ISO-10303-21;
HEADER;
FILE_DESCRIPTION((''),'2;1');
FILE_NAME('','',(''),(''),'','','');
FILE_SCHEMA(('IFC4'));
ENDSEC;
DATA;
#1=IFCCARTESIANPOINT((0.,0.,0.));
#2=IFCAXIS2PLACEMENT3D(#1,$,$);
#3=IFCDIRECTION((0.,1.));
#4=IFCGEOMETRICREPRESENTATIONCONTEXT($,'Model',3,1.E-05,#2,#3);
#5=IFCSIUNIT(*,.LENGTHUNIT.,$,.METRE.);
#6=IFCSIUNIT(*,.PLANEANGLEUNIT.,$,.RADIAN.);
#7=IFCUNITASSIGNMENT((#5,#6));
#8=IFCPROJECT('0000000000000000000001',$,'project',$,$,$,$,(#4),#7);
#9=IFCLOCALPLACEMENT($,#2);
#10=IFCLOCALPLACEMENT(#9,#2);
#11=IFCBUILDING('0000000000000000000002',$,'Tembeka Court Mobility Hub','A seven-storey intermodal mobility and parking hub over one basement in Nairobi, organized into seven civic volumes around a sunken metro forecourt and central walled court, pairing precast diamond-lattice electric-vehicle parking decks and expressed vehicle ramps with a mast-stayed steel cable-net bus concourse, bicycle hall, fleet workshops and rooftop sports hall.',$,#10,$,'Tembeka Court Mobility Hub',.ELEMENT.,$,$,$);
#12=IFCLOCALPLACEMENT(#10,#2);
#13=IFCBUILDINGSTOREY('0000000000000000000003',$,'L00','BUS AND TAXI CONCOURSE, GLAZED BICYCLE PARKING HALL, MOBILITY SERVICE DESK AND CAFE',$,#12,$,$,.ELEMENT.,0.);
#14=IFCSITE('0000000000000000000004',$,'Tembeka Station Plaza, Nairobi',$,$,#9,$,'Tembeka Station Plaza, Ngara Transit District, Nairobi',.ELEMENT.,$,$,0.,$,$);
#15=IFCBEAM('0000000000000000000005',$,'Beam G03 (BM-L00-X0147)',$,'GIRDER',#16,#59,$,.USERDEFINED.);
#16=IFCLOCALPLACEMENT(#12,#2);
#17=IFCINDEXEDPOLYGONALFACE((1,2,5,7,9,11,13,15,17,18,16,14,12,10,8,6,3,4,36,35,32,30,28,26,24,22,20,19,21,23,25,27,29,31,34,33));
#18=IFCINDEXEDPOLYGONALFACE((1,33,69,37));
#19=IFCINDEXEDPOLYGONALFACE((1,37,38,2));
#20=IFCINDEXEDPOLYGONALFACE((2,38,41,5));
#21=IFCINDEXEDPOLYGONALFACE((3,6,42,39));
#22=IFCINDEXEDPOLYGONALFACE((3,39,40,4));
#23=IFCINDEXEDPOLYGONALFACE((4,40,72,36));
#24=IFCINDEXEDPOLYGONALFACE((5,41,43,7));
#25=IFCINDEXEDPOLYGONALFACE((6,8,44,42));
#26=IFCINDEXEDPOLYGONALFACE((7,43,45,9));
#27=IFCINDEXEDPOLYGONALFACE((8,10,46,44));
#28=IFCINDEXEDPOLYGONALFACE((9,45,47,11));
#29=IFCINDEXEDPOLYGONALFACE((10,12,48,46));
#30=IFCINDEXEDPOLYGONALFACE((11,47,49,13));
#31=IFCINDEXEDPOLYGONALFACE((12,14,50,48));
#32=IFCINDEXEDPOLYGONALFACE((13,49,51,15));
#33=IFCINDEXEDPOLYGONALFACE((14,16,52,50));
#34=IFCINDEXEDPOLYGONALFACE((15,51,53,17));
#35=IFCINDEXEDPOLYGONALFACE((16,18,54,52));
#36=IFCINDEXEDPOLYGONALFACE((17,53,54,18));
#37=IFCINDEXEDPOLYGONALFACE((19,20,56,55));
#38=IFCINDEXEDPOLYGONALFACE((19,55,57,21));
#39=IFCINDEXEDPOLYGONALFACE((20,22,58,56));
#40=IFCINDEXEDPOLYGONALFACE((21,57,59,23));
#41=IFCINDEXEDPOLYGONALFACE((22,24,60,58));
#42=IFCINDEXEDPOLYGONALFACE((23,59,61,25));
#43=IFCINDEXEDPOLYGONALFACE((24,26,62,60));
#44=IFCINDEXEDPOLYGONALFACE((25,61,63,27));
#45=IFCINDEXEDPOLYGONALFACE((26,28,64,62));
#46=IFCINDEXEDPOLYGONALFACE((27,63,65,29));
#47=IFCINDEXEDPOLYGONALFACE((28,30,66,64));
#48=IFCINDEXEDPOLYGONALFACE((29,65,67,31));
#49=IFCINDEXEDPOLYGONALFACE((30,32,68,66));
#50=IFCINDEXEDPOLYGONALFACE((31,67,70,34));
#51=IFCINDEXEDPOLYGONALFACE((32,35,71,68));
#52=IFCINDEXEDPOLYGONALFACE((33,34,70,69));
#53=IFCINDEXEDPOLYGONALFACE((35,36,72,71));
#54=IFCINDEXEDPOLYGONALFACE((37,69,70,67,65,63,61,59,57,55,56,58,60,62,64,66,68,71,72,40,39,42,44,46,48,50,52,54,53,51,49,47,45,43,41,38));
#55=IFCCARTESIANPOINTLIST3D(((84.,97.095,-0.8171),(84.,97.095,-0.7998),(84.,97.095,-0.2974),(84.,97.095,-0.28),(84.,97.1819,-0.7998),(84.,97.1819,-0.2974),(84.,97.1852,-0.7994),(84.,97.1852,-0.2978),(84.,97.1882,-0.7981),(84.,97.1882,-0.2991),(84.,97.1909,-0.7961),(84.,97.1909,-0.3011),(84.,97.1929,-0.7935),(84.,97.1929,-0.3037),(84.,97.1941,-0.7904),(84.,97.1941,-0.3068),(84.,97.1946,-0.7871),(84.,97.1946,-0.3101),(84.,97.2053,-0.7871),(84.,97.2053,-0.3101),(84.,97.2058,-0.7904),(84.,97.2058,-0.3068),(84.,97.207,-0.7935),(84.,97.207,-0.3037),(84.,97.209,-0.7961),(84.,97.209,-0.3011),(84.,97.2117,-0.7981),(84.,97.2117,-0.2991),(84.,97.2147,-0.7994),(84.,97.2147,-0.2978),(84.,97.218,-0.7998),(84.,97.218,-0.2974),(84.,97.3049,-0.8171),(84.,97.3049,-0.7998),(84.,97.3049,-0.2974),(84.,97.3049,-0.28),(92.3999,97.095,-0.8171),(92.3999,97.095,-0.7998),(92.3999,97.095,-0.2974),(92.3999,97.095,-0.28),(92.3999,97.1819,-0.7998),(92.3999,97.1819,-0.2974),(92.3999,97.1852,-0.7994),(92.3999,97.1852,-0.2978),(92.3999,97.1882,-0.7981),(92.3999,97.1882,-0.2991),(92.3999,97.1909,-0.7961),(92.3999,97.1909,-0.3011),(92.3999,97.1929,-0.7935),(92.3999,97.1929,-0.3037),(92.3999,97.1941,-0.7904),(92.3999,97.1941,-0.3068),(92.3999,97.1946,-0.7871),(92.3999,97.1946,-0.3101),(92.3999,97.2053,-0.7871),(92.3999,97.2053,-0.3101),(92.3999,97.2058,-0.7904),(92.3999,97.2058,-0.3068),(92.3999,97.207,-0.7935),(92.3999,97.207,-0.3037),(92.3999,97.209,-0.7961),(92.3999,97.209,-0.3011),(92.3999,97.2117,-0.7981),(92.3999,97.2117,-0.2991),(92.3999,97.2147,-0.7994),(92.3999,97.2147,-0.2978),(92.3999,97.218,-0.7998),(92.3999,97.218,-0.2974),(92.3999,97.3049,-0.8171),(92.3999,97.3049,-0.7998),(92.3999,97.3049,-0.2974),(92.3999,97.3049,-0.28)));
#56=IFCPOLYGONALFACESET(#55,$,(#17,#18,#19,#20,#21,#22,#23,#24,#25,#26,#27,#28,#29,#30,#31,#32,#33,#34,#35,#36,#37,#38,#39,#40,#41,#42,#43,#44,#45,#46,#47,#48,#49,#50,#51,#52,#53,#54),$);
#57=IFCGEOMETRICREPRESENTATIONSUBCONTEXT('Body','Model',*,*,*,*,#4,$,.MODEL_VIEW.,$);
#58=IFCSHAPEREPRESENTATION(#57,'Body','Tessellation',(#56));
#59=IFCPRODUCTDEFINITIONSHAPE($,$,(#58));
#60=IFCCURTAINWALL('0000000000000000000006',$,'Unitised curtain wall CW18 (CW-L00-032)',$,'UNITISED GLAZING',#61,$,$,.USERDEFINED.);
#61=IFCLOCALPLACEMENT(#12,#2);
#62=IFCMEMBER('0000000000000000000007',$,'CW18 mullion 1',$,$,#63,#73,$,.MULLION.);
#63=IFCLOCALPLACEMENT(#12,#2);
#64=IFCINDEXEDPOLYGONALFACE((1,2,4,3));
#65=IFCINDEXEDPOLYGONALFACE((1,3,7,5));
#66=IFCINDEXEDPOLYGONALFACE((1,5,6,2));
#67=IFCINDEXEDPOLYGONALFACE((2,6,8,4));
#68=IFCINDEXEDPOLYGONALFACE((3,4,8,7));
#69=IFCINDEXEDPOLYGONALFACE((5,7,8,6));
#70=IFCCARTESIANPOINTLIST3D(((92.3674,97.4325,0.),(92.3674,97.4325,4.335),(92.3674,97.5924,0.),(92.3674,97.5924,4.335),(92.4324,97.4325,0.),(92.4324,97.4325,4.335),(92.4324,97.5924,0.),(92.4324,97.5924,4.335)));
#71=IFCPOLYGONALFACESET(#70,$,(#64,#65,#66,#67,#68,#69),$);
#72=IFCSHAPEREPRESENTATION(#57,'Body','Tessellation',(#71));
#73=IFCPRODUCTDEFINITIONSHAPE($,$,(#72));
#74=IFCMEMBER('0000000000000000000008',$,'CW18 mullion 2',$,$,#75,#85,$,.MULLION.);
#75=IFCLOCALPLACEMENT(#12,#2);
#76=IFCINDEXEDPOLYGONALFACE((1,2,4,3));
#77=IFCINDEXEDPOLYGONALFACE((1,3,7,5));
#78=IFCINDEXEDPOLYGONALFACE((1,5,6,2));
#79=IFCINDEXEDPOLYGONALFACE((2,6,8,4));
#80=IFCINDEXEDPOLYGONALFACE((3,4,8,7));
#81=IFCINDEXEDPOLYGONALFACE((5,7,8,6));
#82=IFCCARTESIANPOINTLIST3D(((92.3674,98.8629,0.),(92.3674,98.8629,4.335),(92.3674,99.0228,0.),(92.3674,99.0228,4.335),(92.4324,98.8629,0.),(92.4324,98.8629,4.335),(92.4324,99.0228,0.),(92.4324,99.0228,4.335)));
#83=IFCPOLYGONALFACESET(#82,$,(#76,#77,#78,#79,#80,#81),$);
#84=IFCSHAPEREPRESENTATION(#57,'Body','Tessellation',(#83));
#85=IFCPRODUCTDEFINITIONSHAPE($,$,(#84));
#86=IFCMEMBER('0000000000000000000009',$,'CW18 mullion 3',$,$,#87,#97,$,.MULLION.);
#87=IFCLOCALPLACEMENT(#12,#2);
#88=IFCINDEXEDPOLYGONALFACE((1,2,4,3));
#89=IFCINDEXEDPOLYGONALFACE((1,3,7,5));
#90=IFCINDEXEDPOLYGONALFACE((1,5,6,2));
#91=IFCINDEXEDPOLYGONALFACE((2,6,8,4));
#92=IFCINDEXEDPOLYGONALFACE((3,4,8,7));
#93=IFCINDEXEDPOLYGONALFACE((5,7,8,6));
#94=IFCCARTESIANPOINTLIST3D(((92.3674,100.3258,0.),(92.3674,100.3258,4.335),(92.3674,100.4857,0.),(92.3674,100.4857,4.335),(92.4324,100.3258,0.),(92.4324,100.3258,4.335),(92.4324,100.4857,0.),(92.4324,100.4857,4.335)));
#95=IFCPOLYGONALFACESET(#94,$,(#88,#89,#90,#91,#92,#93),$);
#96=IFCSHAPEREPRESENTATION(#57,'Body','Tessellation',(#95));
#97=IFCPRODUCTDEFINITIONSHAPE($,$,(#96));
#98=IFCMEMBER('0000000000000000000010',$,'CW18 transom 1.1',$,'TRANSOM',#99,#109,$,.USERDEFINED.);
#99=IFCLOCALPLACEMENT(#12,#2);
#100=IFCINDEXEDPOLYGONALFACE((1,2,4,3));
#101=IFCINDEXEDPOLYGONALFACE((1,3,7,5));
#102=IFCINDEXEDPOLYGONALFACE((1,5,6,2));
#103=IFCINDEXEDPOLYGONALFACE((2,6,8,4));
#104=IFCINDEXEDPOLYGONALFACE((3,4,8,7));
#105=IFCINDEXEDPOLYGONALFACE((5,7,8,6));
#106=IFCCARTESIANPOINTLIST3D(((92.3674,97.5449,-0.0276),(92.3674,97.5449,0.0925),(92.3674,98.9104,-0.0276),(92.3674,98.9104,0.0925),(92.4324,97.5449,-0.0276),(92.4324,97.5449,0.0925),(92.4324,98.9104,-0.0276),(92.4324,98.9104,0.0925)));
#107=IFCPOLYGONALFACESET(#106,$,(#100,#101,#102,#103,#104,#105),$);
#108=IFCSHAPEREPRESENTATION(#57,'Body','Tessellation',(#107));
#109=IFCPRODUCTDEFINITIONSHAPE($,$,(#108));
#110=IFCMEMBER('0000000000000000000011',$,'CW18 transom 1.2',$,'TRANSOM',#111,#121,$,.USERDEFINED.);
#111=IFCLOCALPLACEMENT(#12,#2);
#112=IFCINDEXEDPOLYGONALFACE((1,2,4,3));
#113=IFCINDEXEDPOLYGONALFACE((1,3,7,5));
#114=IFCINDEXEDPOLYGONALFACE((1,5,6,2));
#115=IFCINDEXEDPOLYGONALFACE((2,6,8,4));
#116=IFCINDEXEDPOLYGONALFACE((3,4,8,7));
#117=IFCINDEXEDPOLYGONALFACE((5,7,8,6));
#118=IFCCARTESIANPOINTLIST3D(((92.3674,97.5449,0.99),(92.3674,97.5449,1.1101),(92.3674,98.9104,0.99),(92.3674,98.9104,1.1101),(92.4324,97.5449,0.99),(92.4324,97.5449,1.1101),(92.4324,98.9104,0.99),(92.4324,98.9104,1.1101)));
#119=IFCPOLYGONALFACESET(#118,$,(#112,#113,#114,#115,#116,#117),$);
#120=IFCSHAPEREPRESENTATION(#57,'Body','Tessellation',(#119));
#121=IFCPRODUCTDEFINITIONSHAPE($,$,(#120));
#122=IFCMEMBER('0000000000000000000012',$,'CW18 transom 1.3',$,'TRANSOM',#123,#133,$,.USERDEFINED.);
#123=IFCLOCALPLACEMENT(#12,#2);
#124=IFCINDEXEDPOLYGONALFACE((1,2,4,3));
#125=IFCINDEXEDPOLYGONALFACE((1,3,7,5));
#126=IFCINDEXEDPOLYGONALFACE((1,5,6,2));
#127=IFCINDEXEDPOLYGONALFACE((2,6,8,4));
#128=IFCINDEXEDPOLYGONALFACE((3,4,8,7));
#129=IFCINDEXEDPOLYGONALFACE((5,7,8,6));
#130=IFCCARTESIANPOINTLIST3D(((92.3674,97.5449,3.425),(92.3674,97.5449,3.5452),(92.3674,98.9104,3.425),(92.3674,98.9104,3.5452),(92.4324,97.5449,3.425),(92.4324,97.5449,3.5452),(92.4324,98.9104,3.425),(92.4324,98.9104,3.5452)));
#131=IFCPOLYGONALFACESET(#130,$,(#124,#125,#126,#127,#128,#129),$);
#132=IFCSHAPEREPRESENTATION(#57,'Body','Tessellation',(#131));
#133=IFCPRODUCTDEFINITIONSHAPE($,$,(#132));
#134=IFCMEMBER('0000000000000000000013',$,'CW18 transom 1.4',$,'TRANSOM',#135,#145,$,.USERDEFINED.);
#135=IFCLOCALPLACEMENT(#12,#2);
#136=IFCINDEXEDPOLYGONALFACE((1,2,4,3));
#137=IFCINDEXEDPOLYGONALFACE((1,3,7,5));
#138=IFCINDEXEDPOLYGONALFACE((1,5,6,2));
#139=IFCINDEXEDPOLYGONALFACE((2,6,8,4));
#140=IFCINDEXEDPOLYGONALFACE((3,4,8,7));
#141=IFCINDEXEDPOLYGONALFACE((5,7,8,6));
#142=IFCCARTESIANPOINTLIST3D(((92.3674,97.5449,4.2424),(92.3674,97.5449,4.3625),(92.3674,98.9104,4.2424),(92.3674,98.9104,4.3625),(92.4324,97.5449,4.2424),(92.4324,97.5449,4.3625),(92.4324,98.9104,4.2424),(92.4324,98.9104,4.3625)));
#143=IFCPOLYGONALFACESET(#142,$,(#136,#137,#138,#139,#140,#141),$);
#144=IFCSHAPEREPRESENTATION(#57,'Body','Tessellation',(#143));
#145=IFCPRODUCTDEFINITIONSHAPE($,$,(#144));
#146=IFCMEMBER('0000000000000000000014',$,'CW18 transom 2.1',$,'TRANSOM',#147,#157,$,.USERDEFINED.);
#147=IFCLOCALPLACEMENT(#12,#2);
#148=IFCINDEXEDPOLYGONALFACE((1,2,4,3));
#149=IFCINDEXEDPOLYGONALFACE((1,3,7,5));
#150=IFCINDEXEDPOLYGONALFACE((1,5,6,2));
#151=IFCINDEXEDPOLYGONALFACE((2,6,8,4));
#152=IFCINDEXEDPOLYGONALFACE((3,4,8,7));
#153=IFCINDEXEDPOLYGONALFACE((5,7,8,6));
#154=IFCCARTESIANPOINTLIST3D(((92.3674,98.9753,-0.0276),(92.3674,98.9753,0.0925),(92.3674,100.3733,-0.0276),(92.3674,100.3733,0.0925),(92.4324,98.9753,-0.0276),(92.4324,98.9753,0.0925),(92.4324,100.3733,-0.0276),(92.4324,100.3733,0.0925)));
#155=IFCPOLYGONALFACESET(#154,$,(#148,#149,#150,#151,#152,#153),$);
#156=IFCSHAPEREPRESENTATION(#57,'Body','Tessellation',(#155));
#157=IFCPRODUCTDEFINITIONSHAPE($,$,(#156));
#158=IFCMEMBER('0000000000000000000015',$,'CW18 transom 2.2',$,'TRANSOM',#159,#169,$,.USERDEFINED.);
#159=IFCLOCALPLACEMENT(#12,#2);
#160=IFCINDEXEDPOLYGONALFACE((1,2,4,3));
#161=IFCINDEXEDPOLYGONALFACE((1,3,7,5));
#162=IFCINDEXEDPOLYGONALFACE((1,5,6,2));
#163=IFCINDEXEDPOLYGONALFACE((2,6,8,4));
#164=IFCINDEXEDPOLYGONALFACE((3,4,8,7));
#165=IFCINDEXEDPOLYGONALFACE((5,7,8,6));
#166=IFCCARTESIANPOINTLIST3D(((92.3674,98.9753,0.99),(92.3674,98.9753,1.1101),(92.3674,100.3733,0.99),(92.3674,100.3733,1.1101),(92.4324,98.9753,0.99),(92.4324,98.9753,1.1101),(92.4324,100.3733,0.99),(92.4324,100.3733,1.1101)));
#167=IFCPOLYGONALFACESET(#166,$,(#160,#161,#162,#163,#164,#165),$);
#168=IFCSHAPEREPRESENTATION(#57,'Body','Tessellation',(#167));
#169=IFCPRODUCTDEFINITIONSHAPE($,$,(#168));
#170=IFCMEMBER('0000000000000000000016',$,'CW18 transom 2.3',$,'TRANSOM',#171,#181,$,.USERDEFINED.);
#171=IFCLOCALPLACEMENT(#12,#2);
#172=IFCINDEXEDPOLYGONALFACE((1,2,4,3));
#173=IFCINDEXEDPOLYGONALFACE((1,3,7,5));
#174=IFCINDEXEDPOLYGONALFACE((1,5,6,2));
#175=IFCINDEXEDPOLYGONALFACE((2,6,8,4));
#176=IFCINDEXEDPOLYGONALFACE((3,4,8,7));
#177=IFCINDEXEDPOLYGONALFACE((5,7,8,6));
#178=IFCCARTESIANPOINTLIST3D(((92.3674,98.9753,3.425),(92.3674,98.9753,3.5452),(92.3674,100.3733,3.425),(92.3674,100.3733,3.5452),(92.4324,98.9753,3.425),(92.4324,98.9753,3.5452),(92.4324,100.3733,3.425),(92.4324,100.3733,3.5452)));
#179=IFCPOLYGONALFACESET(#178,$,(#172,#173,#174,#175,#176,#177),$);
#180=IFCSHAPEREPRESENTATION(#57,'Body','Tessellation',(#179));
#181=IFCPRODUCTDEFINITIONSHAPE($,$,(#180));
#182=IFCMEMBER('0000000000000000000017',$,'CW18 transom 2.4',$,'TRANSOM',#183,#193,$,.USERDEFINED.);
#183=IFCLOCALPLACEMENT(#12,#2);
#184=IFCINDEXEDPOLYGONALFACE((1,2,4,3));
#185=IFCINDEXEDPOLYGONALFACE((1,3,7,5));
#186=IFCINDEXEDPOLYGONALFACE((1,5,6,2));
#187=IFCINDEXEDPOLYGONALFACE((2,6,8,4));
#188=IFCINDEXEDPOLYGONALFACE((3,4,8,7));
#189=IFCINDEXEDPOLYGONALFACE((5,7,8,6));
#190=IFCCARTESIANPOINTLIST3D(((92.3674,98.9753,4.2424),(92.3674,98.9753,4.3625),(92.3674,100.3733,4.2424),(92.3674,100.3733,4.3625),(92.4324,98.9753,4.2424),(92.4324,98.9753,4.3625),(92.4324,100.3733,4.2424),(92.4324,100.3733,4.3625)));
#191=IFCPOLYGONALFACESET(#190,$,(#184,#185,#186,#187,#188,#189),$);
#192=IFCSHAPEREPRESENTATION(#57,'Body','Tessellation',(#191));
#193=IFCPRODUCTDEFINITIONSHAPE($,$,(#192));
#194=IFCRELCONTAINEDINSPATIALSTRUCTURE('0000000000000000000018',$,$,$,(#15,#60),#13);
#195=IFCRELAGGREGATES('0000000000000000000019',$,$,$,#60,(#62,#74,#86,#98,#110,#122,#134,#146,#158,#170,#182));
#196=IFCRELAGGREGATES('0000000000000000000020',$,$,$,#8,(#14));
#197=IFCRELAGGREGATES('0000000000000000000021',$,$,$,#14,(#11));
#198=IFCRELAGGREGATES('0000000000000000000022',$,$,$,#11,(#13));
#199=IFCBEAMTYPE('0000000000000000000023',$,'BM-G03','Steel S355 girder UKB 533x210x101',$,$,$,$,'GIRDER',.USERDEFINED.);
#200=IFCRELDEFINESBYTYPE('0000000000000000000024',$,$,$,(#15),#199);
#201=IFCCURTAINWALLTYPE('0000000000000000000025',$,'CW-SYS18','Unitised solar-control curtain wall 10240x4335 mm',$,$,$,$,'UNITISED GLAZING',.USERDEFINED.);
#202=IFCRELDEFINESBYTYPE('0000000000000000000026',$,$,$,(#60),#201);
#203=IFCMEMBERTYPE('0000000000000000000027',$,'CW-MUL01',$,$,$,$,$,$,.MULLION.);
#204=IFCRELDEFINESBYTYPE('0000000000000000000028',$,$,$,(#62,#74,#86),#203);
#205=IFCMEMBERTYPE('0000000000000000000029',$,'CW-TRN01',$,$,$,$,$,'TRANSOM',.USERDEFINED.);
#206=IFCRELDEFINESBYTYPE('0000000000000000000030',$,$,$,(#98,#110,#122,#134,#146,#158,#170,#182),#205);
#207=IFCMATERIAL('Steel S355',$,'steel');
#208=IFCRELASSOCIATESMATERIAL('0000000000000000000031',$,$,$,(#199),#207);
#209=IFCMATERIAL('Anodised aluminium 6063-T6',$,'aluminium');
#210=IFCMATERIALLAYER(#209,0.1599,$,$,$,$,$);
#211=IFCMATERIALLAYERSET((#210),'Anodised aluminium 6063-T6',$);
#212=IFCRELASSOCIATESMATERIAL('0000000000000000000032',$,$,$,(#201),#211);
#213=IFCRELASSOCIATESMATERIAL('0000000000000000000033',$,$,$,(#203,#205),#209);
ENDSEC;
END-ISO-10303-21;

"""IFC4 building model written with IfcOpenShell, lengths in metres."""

from ifc_helpers import new_model, si_unit, direction, frame, origin, origin_2d, place, context, subcontext, project, spatial, rectangle, i_section, extrude, material, layer, layer_set, material_profile, profile_set, type_object, element, aggregate, save


model = new_model("IFC4")

# Units and contexts
model_context = context("Model", 3, precision=1e-05, world=origin(), true_north=direction((0.0, 1.0)))
body_context = subcontext(model_context, "Body", "Model", "MODEL_VIEW")
ifc_project = project(units=[si_unit("LENGTHUNIT", "METRE"), si_unit("PLANEANGLEUNIT", "RADIAN")], contexts=[model_context])

# Site, building, storey
site_placement = place(None, origin())
site = spatial("IfcSite", under=ifc_project, at=site_placement, Name="Tembeka Station Plaza, Nairobi", LongName="Tembeka Station Plaza, Ngara Transit District, Nairobi", CompositionType="ELEMENT", RefElevation=0.0)
building_placement = place(site_placement, origin())
building = spatial("IfcBuilding", under=site, at=building_placement, Name="Tembeka Court Mobility Hub", Description="A seven-storey intermodal mobility and parking hub over one basement in Nairobi, organized into seven civic volumes around a sunken metro forecourt and central walled court, pairing precast diamond-lattice electric-vehicle parking decks and expressed vehicle ramps with a mast-stayed steel cable-net bus concourse, bicycle hall, fleet workshops and rooftop sports hall.", LongName="Tembeka Court Mobility Hub", CompositionType="ELEMENT")
storey_placement = place(building_placement, origin())
storey = spatial("IfcBuildingStorey", under=building, at=storey_placement, Name="L00", Description="BUS AND TAXI CONCOURSE, GLAZED BICYCLE PARKING HALL, MOBILITY SERVICE DESK AND CAFE", CompositionType="ELEMENT", Elevation=0.0)

# Shared definitions
ifc_material_1 = material(Name="Steel S355", Category="steel")

# Beam
ifc_material_profile_1 = material_profile(ifc_material_1, i_section(OverallWidth=0.21, OverallDepth=0.5371, WebThickness=0.0107, FlangeThickness=0.0173, FilletRadius=0.0127, at=origin_2d()), Name="UKB 533x210x101")
ifc_profile_set_1 = profile_set([ifc_material_profile_1], Name="Steel S355")
beam_type_1 = type_object("IfcBeamType", Name="BM-G03", Description="Steel S355 girder UKB 533x210x101", ElementType="GIRDER", PredefinedType="USERDEFINED", material=ifc_profile_set_1)
beam_placement = place(storey_placement, frame((84.0, 97.2, -0.5486), z_axis=(1.0, 0.0, 0.0), x_axis=(0.0, 1.0, 0.0)))
element("IfcBeam", 1, at=beam_placement, inside=storey, type_object=beam_type_1, Name="Beam G03 (BM-L00-X0147)", ObjectType="GIRDER", PredefinedType="USERDEFINED", context=body_context, shape_type="SweptSolid", body=[
    extrude(i_section(OverallWidth=0.21, OverallDepth=0.5371, WebThickness=0.0107, FlangeThickness=0.0173, FilletRadius=0.0127, at=origin_2d()), origin(), (0.0, 0.0, 1.0), 8.3999),
])

# Curtain wall, members
ifc_material_2 = material(Name="Anodised aluminium 6063-T6", Category="aluminium")
ifc_layer_1 = layer(ifc_material_2, 0.1599)
ifc_layer_set_1 = layer_set([ifc_layer_1], Name="Anodised aluminium 6063-T6")
curtain_wall_type = type_object("IfcCurtainWallType", Name="CW-SYS18", Description="Unitised solar-control curtain wall 10240x4335 mm", ElementType="UNITISED GLAZING", PredefinedType="USERDEFINED", material=ifc_layer_set_1)
curtain_wall_placement = place(storey_placement, origin())
curtain_wall = element("IfcCurtainWall", 2, at=curtain_wall_placement, inside=storey, type_object=curtain_wall_type, Name="Unitised curtain wall CW18 (CW-L00-032)", ObjectType="UNITISED GLAZING", PredefinedType="USERDEFINED")
ifc_material_profile_2 = material_profile(ifc_material_2, rectangle(XDim=0.0649, YDim=0.1599, at=origin_2d()), Name="ALU-MUL 65x160")
ifc_profile_set_2 = profile_set([ifc_material_profile_2], Name="Anodised aluminium 6063-T6")
member_type_1 = type_object("IfcMemberType", Name="CW-MUL01", PredefinedType="MULLION", material=ifc_profile_set_2)
member_1_placement = place(storey_placement, frame((92.3999, 97.5125, 0.0), z_axis=(0.0, 0.0, 1.0), x_axis=(-1.0, 0.0, 0.0)))
member_1 = element("IfcMember", 3, at=member_1_placement, type_object=member_type_1, Name="CW18 mullion 1", PredefinedType="MULLION", context=body_context, shape_type="SweptSolid", body=[
    extrude(rectangle(XDim=0.0649, YDim=0.1599, at=origin_2d()), origin(), (0.0, 0.0, 1.0), 4.335),
])
member_2_placement = place(storey_placement, frame((92.3999, 98.9429, 0.0), z_axis=(0.0, 0.0, 1.0), x_axis=(-1.0, 0.0, 0.0)))
member_2 = element("IfcMember", 4, at=member_2_placement, type_object=member_type_1, Name="CW18 mullion 2", PredefinedType="MULLION", context=body_context, shape_type="SweptSolid", body=[
    extrude(rectangle(XDim=0.0649, YDim=0.1599, at=origin_2d()), origin(), (0.0, 0.0, 1.0), 4.335),
])
member_3_placement = place(storey_placement, frame((92.3999, 100.4058, 0.0), z_axis=(0.0, 0.0, 1.0), x_axis=(-1.0, 0.0, 0.0)))
member_3 = element("IfcMember", 5, at=member_3_placement, type_object=member_type_1, Name="CW18 mullion 3", PredefinedType="MULLION", context=body_context, shape_type="SweptSolid", body=[
    extrude(rectangle(XDim=0.0649, YDim=0.1599, at=origin_2d()), origin(), (0.0, 0.0, 1.0), 4.335),
])
ifc_material_profile_3 = material_profile(ifc_material_2, rectangle(XDim=0.0649, YDim=0.1201, at=origin_2d()), Name="ALU-TRN 65x120")
ifc_profile_set_3 = profile_set([ifc_material_profile_3], Name="Anodised aluminium 6063-T6")
member_type_2 = type_object("IfcMemberType", Name="CW-TRN01", ElementType="TRANSOM", PredefinedType="USERDEFINED", material=ifc_profile_set_3)
member_4_placement = place(storey_placement, frame((92.3999, 97.5449, 0.0325), z_axis=(0.0, 1.0, 0.0), x_axis=(-1.0, 0.0, 0.0)))
member_4 = element("IfcMember", 6, at=member_4_placement, type_object=member_type_2, Name="CW18 transom 1.1", ObjectType="TRANSOM", PredefinedType="USERDEFINED", context=body_context, shape_type="SweptSolid", body=[
    extrude(rectangle(XDim=0.0649, YDim=0.1201, at=origin_2d()), origin(), (0.0, 0.0, 1.0), 1.3655),
])
member_5_placement = place(storey_placement, frame((92.3999, 97.5449, 1.05), z_axis=(0.0, 1.0, 0.0), x_axis=(-1.0, 0.0, 0.0)))
member_5 = element("IfcMember", 7, at=member_5_placement, type_object=member_type_2, Name="CW18 transom 1.2", ObjectType="TRANSOM", PredefinedType="USERDEFINED", context=body_context, shape_type="SweptSolid", body=[
    extrude(rectangle(XDim=0.0649, YDim=0.1201, at=origin_2d()), origin(), (0.0, 0.0, 1.0), 1.3655),
])
member_6_placement = place(storey_placement, frame((92.3999, 97.5449, 3.4851), z_axis=(0.0, 1.0, 0.0), x_axis=(-1.0, 0.0, 0.0)))
member_6 = element("IfcMember", 8, at=member_6_placement, type_object=member_type_2, Name="CW18 transom 1.3", ObjectType="TRANSOM", PredefinedType="USERDEFINED", context=body_context, shape_type="SweptSolid", body=[
    extrude(rectangle(XDim=0.0649, YDim=0.1201, at=origin_2d()), origin(), (0.0, 0.0, 1.0), 1.3655),
])
member_7_placement = place(storey_placement, frame((92.3999, 97.5449, 4.3025), z_axis=(0.0, 1.0, 0.0), x_axis=(-1.0, 0.0, 0.0)))
member_7 = element("IfcMember", 9, at=member_7_placement, type_object=member_type_2, Name="CW18 transom 1.4", ObjectType="TRANSOM", PredefinedType="USERDEFINED", context=body_context, shape_type="SweptSolid", body=[
    extrude(rectangle(XDim=0.0649, YDim=0.1201, at=origin_2d()), origin(), (0.0, 0.0, 1.0), 1.3655),
])
member_8_placement = place(storey_placement, frame((92.3999, 98.9753, 0.0325), z_axis=(0.0, 1.0, 0.0), x_axis=(-1.0, 0.0, 0.0)))
member_8 = element("IfcMember", 10, at=member_8_placement, type_object=member_type_2, Name="CW18 transom 2.1", ObjectType="TRANSOM", PredefinedType="USERDEFINED", context=body_context, shape_type="SweptSolid", body=[
    extrude(rectangle(XDim=0.0649, YDim=0.1201, at=origin_2d()), origin(), (0.0, 0.0, 1.0), 1.3979),
])
member_9_placement = place(storey_placement, frame((92.3999, 98.9753, 1.05), z_axis=(0.0, 1.0, 0.0), x_axis=(-1.0, 0.0, 0.0)))
member_9 = element("IfcMember", 11, at=member_9_placement, type_object=member_type_2, Name="CW18 transom 2.2", ObjectType="TRANSOM", PredefinedType="USERDEFINED", context=body_context, shape_type="SweptSolid", body=[
    extrude(rectangle(XDim=0.0649, YDim=0.1201, at=origin_2d()), origin(), (0.0, 0.0, 1.0), 1.3979),
])
member_10_placement = place(storey_placement, frame((92.3999, 98.9753, 3.4851), z_axis=(0.0, 1.0, 0.0), x_axis=(-1.0, 0.0, 0.0)))
member_10 = element("IfcMember", 12, at=member_10_placement, type_object=member_type_2, Name="CW18 transom 2.3", ObjectType="TRANSOM", PredefinedType="USERDEFINED", context=body_context, shape_type="SweptSolid", body=[
    extrude(rectangle(XDim=0.0649, YDim=0.1201, at=origin_2d()), origin(), (0.0, 0.0, 1.0), 1.3979),
])
member_11_placement = place(storey_placement, frame((92.3999, 98.9753, 4.3025), z_axis=(0.0, 1.0, 0.0), x_axis=(-1.0, 0.0, 0.0)))
member_11 = element("IfcMember", 13, at=member_11_placement, type_object=member_type_2, Name="CW18 transom 2.4", ObjectType="TRANSOM", PredefinedType="USERDEFINED", context=body_context, shape_type="SweptSolid", body=[
    extrude(rectangle(XDim=0.0649, YDim=0.1201, at=origin_2d()), origin(), (0.0, 0.0, 1.0), 1.3979),
])
aggregate(curtain_wall, [member_1, member_2, member_3, member_4, member_5, member_6, member_7, member_8, member_9, member_10, member_11])

save(model, "model.ifc")
